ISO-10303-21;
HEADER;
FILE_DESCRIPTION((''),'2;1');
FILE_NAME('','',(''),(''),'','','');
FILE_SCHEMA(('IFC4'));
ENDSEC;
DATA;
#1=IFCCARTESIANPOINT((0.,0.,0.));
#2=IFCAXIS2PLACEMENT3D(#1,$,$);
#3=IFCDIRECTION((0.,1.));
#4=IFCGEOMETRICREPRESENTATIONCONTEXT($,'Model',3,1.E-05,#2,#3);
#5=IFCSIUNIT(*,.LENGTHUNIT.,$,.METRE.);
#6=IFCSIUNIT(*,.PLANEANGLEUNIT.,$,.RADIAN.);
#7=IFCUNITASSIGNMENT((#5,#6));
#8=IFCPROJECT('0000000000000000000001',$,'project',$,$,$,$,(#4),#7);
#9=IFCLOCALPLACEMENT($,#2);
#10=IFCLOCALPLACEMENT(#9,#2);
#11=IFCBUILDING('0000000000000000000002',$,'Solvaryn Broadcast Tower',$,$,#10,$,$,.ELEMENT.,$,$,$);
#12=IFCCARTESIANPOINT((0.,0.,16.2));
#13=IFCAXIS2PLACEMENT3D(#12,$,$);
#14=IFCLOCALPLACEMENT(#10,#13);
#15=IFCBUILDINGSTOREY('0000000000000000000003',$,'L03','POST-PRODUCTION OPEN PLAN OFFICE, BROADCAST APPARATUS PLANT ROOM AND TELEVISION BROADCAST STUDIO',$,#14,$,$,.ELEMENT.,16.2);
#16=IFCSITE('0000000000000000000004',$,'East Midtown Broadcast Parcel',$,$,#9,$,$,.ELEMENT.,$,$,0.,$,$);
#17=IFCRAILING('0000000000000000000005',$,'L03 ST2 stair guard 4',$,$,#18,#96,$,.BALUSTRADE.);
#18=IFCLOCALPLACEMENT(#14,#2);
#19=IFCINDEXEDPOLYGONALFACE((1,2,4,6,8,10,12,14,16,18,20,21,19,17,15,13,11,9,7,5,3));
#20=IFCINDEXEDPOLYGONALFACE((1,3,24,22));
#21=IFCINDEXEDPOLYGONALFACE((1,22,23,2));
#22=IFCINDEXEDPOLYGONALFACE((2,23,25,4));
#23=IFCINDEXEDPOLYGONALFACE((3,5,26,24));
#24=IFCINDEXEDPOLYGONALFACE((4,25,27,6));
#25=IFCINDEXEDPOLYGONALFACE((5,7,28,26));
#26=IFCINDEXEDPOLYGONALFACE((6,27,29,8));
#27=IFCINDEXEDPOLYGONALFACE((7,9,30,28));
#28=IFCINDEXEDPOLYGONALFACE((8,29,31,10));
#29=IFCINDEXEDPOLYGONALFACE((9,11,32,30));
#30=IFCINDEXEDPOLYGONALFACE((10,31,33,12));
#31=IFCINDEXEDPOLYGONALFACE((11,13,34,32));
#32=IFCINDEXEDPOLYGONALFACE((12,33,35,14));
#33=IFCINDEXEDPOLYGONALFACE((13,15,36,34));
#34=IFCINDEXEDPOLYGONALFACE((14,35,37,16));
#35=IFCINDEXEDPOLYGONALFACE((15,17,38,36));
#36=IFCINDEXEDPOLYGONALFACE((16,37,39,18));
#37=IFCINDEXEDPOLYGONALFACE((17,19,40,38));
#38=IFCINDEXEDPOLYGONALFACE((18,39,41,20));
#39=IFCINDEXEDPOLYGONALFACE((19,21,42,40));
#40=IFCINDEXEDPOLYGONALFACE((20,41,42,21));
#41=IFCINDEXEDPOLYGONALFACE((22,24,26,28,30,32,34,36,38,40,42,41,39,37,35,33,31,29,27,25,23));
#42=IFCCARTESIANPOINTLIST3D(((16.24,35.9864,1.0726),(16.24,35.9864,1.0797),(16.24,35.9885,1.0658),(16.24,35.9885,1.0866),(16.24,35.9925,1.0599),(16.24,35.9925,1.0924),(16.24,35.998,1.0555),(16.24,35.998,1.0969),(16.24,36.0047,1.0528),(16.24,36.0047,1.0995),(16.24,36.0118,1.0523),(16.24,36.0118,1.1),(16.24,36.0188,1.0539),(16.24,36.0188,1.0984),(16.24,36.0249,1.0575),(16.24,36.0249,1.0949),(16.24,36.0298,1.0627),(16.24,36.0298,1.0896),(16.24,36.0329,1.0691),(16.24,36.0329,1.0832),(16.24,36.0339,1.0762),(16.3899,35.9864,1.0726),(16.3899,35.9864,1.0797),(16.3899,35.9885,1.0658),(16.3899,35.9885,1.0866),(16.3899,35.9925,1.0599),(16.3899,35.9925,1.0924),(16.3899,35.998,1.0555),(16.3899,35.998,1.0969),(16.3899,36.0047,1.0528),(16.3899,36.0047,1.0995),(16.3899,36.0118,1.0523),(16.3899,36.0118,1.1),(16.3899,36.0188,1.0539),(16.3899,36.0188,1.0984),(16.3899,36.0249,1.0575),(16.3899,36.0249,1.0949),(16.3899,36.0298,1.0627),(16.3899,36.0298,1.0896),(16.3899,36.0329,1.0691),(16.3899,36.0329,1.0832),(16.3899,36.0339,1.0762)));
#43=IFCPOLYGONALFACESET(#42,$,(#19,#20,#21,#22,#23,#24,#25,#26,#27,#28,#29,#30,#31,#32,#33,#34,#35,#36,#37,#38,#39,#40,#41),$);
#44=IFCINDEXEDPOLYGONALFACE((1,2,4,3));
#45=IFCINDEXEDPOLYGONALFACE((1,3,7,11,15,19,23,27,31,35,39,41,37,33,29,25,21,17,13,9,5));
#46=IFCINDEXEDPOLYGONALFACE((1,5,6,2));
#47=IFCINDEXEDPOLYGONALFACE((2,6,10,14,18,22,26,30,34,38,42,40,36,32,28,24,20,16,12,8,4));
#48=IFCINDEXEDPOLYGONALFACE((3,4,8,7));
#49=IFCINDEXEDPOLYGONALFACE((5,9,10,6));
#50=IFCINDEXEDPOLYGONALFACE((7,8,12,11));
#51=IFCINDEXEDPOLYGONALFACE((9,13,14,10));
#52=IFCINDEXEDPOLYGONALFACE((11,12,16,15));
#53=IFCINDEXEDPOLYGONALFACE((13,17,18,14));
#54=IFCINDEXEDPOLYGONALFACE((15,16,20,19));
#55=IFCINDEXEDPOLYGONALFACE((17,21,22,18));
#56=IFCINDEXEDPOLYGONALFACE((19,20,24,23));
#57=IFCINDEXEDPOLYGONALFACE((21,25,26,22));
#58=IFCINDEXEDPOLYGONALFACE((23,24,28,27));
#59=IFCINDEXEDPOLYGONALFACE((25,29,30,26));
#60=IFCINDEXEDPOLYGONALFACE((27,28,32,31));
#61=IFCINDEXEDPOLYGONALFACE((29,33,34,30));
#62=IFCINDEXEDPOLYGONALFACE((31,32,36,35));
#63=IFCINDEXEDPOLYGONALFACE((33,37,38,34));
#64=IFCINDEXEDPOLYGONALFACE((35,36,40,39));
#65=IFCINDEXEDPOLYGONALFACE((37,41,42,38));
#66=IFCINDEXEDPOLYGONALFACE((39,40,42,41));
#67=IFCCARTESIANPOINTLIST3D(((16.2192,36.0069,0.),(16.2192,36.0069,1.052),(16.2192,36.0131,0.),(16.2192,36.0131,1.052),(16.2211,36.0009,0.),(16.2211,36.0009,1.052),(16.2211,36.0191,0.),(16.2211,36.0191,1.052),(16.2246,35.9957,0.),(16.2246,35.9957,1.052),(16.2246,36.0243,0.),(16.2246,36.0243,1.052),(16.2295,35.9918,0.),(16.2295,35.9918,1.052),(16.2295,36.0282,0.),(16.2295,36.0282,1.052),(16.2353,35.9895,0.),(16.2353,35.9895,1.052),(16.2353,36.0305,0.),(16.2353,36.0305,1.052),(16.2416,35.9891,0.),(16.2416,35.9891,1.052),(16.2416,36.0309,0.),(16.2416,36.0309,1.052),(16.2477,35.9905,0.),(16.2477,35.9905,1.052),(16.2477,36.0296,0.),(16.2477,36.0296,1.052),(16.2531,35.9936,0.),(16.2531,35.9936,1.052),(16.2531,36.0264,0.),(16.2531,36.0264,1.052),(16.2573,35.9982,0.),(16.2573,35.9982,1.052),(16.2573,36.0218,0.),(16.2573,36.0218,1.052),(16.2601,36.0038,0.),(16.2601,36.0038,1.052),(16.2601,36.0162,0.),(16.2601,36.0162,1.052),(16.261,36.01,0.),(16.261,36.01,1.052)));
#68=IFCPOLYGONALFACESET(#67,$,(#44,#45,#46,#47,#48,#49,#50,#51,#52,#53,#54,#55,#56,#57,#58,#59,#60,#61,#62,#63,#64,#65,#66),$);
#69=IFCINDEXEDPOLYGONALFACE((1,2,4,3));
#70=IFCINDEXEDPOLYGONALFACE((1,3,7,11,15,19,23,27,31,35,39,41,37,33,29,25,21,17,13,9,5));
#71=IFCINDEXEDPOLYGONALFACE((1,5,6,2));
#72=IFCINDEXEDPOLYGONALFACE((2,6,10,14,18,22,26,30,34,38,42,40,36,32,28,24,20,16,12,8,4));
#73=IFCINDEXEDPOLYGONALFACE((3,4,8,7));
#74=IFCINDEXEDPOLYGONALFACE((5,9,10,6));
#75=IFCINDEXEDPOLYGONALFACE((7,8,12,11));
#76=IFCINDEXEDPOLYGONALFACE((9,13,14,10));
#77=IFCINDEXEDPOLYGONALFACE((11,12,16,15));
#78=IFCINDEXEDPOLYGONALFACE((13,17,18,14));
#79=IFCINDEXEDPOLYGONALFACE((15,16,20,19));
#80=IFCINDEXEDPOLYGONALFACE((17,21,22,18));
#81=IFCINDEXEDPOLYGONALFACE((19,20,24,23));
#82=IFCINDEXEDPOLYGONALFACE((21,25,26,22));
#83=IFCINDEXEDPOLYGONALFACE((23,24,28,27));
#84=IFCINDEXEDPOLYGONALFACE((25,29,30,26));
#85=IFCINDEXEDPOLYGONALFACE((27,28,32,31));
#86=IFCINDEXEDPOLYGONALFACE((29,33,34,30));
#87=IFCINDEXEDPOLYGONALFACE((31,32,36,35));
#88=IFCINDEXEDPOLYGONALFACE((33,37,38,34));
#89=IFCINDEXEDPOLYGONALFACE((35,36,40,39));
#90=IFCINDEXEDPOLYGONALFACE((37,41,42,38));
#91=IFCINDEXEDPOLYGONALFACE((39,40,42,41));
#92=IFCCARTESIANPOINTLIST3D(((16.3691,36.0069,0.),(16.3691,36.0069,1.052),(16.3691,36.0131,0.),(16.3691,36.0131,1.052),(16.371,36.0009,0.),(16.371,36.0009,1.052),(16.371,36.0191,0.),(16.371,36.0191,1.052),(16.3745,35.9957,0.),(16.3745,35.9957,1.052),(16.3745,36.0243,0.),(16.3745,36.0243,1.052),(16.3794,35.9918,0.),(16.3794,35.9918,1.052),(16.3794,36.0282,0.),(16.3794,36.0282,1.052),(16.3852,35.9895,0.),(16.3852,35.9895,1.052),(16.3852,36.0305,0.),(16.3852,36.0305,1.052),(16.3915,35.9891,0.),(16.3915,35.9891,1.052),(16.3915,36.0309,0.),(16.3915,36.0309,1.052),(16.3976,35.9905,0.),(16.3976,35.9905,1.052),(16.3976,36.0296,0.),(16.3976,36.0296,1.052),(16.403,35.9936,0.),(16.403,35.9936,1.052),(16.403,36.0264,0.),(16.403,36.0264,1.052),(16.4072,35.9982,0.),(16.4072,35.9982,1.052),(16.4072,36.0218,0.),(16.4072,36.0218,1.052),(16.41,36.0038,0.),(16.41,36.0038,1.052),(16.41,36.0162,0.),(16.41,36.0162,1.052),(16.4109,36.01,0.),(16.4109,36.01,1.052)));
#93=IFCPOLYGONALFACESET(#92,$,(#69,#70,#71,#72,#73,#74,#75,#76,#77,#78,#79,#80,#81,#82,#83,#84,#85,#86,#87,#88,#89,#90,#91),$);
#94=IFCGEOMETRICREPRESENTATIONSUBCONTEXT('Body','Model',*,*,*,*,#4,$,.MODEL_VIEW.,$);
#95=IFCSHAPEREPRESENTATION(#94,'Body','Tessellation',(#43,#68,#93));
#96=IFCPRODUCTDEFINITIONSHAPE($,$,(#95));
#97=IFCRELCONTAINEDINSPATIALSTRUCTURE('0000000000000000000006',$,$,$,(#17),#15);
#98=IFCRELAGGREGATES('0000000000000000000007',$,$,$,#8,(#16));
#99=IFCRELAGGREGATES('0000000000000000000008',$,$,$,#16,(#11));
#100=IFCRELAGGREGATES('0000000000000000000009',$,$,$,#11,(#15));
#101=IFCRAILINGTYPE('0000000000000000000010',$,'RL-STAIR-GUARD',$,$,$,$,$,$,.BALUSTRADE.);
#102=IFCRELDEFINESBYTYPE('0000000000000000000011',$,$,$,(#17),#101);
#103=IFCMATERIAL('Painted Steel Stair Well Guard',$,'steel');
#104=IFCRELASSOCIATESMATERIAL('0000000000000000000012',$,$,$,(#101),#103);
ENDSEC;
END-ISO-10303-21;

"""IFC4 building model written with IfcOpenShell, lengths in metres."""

from ifc_helpers import new_model, si_unit, direction, frame, origin, origin_2d, place, context, subcontext, project, spatial, circle, extrude, material, type_object, element, save


model = new_model("IFC4")

# Units and contexts
model_context = context("Model", 3, precision=1e-05, world=origin(), true_north=direction((0.0, 1.0)))
body_context = subcontext(model_context, "Body", "Model", "MODEL_VIEW")
ifc_project = project(units=[si_unit("LENGTHUNIT", "METRE"), si_unit("PLANEANGLEUNIT", "RADIAN")], contexts=[model_context])

# Site, building, storey
site_placement = place(None, origin())
site = spatial("IfcSite", under=ifc_project, at=site_placement, Name="East Midtown Broadcast Parcel", CompositionType="ELEMENT", RefElevation=0.0)
building_placement = place(site_placement, origin())
building = spatial("IfcBuilding", under=site, at=building_placement, Name="Solvaryn Broadcast Tower", CompositionType="ELEMENT")
storey_placement = place(building_placement, frame((0.0, 0.0, 16.2)))
storey = spatial("IfcBuildingStorey", under=building, at=storey_placement, Name="L03", Description="POST-PRODUCTION OPEN PLAN OFFICE, BROADCAST APPARATUS PLANT ROOM AND TELEVISION BROADCAST STUDIO", CompositionType="ELEMENT", Elevation=16.2)

# Railing
ifc_material_1 = material(Name="Painted Steel Stair Well Guard", Category="steel")
railing_type = type_object("IfcRailingType", Name="RL-STAIR-GUARD", PredefinedType="BALUSTRADE", material=ifc_material_1)
railing_1_placement = place(storey_placement, frame((16.24, 36.01, 0.0)))
element("IfcRailing", 1, at=railing_1_placement, inside=storey, type_object=railing_type, Name="L03 ST2 stair guard 4", PredefinedType="BALUSTRADE", context=body_context, shape_type="SweptSolid", body=[
    extrude(circle(Radius=0.0239, at=origin_2d()), frame((0.0, 0.0, 1.0762), z_axis=(1.0, 0.0, 0.0), x_axis=(0.0, 1.0, 0.0)), (0.0, 0.0, 1.0), 0.1499),
    extrude(circle(Radius=0.021, at=origin_2d()), origin(), (0.0, 0.0, 1.0), 1.052),
    extrude(circle(Radius=0.021, at=origin_2d()), frame((0.1499, 0.0, 0.0)), (0.0, 0.0, 1.0), 1.052),
])

save(model, "model.ifc")
